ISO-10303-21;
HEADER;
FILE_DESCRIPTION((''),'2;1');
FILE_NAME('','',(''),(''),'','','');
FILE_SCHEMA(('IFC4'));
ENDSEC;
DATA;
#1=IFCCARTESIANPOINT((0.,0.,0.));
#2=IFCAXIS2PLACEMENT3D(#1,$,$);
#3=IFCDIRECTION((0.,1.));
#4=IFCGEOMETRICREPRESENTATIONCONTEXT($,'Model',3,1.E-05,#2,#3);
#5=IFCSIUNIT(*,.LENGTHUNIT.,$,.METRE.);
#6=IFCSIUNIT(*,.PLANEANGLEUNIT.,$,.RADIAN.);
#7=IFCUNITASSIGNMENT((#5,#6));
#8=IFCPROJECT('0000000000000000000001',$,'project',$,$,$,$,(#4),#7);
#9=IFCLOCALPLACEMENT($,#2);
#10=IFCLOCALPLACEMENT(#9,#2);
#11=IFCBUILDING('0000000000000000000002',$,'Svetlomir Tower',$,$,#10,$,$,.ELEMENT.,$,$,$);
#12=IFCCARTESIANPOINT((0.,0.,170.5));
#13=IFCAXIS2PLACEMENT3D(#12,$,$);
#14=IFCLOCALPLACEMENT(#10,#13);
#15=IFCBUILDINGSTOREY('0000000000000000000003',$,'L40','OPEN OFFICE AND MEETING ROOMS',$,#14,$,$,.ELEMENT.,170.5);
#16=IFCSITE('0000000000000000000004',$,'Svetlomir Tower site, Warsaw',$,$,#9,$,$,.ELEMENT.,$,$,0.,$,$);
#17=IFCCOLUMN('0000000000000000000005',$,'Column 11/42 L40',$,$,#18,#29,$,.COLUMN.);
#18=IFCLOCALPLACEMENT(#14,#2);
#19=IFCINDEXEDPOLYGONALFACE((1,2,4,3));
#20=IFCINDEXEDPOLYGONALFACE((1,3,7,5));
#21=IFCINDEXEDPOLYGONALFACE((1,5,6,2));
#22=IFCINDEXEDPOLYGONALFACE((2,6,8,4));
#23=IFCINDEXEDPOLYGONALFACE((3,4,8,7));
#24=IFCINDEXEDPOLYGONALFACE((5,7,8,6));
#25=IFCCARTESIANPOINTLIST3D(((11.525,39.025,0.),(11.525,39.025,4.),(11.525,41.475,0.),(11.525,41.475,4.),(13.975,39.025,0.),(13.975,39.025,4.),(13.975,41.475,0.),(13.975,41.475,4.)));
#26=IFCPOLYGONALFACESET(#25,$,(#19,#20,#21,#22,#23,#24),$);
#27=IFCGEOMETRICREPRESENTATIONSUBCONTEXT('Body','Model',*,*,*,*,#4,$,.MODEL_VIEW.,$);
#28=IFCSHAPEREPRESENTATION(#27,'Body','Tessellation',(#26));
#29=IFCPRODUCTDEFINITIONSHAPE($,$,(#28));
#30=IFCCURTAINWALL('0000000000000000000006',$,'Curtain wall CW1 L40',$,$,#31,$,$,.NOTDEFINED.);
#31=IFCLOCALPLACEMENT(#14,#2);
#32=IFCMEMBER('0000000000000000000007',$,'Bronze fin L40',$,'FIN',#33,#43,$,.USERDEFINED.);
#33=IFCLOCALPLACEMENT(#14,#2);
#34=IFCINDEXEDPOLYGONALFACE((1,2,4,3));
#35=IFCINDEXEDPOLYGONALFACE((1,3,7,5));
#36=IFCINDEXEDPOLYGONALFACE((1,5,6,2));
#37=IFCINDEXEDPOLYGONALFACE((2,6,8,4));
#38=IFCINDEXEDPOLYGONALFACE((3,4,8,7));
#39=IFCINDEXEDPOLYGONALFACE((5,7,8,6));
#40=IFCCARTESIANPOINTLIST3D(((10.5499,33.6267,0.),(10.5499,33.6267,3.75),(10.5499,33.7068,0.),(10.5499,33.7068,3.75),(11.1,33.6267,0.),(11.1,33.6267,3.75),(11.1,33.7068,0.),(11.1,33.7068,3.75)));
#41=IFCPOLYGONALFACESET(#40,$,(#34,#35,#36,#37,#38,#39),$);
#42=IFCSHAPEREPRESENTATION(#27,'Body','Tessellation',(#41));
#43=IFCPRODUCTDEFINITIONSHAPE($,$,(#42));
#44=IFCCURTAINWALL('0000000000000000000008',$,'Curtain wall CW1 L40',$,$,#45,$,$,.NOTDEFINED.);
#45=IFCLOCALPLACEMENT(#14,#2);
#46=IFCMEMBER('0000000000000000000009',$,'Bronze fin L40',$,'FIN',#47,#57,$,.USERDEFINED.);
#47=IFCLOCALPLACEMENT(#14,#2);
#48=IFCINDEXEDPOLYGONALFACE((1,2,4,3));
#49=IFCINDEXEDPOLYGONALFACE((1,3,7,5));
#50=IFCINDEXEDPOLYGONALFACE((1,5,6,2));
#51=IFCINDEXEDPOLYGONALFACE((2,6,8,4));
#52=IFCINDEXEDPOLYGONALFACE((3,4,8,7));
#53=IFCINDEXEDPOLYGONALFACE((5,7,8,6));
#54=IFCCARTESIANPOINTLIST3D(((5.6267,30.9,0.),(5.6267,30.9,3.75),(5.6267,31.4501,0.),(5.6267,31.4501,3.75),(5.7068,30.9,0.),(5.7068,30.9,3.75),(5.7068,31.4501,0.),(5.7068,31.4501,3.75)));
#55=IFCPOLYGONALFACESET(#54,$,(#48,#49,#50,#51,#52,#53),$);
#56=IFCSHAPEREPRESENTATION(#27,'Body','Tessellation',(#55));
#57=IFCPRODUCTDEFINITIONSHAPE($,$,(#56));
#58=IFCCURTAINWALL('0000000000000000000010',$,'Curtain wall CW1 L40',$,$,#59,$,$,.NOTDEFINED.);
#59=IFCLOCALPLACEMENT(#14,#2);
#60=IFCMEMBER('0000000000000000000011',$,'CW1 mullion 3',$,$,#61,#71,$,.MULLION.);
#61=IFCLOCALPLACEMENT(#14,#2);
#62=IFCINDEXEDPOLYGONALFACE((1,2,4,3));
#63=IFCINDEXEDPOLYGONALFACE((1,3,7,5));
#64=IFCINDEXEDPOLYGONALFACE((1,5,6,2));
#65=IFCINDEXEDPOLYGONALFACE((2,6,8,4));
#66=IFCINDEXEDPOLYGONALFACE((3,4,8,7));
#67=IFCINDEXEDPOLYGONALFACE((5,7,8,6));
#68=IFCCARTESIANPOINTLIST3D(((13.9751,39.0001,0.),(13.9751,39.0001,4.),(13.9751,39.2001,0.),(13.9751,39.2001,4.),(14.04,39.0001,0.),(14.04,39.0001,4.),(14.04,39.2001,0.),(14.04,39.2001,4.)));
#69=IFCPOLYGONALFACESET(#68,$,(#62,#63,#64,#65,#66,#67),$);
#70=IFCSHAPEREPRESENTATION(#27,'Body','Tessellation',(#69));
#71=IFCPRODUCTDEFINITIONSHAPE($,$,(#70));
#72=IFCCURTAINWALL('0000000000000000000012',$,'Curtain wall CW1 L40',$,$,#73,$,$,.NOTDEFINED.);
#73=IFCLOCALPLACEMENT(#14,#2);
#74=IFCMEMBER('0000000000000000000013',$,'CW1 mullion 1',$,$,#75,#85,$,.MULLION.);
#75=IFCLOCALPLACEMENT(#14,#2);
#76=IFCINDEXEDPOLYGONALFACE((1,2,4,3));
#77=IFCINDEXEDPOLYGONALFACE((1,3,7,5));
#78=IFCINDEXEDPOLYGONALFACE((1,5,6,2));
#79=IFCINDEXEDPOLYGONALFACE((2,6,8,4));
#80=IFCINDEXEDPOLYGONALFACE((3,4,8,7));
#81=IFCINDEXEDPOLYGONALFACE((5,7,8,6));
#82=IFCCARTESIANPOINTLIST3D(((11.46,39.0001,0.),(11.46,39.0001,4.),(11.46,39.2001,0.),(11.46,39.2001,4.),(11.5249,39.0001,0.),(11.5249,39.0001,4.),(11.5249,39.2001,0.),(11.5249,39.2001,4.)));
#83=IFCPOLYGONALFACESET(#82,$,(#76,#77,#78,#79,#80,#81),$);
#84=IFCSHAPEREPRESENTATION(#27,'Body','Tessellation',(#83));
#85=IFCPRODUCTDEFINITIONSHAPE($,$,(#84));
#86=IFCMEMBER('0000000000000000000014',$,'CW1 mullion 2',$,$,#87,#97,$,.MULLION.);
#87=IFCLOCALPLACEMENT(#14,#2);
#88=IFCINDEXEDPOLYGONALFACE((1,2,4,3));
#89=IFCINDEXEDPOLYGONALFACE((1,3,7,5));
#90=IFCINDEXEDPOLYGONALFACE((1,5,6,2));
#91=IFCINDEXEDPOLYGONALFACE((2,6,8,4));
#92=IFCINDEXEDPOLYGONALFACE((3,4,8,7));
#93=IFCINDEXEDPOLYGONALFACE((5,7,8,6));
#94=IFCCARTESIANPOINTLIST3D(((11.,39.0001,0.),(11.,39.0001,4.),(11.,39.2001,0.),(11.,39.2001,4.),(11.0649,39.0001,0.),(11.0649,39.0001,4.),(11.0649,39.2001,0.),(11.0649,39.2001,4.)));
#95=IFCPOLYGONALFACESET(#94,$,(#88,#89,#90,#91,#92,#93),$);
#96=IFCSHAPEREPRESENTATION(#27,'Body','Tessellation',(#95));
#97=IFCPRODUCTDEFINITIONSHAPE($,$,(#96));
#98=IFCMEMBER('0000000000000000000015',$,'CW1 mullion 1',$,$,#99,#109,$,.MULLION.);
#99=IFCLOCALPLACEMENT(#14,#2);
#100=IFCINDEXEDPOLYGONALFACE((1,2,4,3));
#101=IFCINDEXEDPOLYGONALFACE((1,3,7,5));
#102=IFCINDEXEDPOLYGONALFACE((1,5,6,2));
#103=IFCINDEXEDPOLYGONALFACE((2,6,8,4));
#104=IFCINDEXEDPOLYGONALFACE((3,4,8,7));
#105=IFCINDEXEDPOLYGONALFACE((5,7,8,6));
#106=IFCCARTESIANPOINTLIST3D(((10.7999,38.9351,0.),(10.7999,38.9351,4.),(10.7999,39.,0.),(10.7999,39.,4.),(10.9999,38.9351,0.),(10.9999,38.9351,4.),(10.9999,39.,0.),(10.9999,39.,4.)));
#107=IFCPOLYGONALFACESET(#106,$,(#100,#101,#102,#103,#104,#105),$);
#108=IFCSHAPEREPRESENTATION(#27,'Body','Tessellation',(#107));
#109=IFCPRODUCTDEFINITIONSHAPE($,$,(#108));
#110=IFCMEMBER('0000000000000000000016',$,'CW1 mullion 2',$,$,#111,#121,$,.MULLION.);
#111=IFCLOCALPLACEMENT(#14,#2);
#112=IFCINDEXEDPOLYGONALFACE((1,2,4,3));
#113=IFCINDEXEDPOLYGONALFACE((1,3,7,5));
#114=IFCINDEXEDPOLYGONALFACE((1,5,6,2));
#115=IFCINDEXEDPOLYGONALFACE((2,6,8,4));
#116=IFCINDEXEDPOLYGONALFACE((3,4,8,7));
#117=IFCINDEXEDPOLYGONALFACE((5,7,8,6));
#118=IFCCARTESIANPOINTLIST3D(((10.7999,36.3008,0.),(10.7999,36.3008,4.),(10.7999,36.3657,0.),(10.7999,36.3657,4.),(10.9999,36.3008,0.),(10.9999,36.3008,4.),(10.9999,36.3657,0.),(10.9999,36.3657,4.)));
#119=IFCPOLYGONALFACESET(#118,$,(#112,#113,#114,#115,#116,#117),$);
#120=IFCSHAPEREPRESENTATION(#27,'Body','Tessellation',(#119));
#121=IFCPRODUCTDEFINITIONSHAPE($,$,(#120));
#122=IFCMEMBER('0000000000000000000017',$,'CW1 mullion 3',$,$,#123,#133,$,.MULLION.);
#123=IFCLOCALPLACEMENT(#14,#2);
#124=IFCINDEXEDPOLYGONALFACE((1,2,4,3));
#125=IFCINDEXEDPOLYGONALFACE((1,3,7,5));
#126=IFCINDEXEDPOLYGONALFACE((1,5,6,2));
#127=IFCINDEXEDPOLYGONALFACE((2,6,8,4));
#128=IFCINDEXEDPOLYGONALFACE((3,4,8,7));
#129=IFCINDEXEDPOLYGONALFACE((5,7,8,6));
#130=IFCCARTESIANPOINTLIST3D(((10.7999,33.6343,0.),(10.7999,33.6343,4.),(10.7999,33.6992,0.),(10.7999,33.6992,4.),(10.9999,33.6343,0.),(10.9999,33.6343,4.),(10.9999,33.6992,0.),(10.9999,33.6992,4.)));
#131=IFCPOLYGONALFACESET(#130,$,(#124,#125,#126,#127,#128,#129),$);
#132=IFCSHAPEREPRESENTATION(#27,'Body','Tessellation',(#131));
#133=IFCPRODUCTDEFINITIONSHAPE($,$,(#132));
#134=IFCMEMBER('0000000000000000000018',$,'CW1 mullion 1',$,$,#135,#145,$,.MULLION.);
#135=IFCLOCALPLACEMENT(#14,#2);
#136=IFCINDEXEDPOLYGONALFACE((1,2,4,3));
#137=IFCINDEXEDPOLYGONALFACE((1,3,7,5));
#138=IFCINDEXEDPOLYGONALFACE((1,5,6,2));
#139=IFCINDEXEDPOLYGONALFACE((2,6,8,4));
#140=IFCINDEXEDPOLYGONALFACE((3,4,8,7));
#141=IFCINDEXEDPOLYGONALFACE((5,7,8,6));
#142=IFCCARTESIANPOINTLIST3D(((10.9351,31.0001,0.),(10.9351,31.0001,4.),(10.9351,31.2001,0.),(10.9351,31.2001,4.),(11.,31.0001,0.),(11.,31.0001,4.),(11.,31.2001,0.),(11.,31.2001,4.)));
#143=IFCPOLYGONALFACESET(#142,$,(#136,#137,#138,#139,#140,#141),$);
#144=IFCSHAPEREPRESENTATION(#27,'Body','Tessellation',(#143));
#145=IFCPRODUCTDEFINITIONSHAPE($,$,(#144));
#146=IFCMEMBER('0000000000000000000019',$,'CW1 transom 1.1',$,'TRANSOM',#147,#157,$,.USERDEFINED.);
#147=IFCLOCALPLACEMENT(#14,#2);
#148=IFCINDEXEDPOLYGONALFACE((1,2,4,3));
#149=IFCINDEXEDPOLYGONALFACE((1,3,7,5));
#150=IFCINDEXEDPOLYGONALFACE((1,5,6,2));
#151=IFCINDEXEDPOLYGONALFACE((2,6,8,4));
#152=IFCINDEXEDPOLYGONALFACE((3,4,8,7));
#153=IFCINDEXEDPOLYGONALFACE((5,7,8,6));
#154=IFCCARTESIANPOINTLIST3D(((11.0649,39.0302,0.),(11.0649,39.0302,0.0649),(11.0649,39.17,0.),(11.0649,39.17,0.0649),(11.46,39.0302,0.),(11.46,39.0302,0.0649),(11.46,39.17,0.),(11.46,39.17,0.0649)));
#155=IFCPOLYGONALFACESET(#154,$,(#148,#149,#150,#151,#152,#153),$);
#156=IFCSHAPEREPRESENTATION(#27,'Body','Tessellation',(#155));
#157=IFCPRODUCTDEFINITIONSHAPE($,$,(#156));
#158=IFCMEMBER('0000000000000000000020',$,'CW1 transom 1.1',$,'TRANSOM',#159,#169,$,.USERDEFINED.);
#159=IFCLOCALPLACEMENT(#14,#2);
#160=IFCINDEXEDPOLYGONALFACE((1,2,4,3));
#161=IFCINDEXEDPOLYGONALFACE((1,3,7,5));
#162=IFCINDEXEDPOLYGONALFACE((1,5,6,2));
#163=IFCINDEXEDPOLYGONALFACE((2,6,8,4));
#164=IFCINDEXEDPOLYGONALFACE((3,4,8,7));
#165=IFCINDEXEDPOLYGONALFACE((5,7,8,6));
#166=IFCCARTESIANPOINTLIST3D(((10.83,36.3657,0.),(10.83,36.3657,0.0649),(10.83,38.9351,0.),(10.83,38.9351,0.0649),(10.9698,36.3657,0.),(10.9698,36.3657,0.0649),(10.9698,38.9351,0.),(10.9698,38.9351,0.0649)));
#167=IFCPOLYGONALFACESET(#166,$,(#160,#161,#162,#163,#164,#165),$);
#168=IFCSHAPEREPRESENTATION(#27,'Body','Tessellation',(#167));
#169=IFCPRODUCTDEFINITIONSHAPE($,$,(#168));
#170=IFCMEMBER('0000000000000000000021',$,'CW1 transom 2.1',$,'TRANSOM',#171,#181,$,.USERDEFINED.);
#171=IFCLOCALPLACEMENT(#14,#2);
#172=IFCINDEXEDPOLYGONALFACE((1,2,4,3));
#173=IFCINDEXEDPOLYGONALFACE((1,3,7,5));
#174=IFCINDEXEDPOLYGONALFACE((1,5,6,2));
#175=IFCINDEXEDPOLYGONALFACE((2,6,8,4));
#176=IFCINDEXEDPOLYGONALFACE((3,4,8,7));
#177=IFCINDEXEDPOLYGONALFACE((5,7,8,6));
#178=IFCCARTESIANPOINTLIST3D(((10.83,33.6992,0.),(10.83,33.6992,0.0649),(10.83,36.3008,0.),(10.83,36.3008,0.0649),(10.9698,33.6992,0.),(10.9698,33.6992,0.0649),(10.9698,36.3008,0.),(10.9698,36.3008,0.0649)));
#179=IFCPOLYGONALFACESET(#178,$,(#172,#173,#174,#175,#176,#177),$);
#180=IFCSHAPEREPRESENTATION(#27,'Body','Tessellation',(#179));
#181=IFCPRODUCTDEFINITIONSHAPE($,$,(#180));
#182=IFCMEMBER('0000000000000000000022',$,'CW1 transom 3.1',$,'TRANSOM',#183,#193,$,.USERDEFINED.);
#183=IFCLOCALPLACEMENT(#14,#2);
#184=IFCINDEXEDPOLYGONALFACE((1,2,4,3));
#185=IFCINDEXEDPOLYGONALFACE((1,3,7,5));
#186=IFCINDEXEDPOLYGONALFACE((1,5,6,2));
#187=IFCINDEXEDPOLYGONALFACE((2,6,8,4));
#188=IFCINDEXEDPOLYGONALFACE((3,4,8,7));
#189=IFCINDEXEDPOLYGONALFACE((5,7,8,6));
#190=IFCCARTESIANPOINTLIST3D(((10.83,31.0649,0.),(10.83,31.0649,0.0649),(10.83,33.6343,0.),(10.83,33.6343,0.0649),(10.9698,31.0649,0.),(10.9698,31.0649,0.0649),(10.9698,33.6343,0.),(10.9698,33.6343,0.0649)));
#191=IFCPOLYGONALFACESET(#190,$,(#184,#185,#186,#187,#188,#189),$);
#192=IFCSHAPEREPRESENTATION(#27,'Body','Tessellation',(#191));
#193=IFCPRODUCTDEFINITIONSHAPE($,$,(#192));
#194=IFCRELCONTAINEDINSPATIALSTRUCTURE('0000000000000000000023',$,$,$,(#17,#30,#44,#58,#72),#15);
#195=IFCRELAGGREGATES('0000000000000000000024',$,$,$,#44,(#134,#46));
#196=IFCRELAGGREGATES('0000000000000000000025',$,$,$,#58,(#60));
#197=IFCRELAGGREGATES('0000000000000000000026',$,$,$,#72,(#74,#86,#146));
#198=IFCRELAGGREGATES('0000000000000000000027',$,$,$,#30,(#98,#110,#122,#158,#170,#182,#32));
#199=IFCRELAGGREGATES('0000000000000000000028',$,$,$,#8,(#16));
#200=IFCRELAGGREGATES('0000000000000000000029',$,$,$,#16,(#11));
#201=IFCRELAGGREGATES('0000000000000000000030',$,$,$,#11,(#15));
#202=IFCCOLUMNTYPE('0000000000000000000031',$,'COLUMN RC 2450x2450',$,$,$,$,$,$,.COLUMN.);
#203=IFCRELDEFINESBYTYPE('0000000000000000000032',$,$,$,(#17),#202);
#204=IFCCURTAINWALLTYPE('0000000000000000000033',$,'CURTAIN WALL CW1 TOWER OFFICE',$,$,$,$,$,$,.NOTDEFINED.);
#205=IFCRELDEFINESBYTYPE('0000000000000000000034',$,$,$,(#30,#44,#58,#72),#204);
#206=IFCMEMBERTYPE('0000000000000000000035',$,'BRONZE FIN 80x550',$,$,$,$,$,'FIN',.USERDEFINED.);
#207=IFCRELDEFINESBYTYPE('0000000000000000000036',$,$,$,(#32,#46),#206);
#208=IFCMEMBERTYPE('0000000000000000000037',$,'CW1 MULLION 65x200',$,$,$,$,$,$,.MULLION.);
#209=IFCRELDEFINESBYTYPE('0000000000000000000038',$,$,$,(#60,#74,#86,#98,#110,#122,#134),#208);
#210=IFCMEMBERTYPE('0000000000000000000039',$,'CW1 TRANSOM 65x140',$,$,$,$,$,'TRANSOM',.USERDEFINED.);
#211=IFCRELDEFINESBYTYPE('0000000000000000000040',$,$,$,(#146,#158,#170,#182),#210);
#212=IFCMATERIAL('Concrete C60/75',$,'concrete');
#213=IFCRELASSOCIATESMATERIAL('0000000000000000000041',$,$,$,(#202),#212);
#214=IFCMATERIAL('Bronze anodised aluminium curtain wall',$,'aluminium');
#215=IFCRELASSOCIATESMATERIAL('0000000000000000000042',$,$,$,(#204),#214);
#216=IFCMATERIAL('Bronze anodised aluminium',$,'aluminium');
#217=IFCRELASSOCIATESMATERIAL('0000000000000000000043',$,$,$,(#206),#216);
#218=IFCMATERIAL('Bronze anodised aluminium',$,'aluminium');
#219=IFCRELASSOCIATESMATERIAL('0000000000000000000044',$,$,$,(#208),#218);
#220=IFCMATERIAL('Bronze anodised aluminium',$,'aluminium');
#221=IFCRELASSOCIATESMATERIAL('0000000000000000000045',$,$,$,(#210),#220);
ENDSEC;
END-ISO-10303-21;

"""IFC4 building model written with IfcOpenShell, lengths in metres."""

from ifc_helpers import new_model, si_unit, direction, frame, origin, origin_2d, place, context, subcontext, project, spatial, rectangle, extrude, material, material_profile, profile_set, type_object, element, aggregate, save


model = new_model("IFC4")

# Units and contexts
model_context = context("Model", 3, precision=1e-05, world=origin(), true_north=direction((0.0, 1.0)))
body_context = subcontext(model_context, "Body", "Model", "MODEL_VIEW")
ifc_project = project(units=[si_unit("LENGTHUNIT", "METRE"), si_unit("PLANEANGLEUNIT", "RADIAN")], contexts=[model_context])

# Site, building, storey
site_placement = place(None, origin())
site = spatial("IfcSite", under=ifc_project, at=site_placement, Name="Svetlomir Tower site, Warsaw", CompositionType="ELEMENT", RefElevation=0.0)
building_placement = place(site_placement, origin())
building = spatial("IfcBuilding", under=site, at=building_placement, Name="Svetlomir Tower", CompositionType="ELEMENT")
storey_placement = place(building_placement, frame((0.0, 0.0, 170.5)))
storey = spatial("IfcBuildingStorey", under=building, at=storey_placement, Name="L40", Description="OPEN OFFICE AND MEETING ROOMS", CompositionType="ELEMENT", Elevation=170.5)

# Column
ifc_material_1 = material(Name="Concrete C60/75", Category="concrete")
ifc_material_profile_1 = material_profile(ifc_material_1, rectangle(XDim=2.45, YDim=2.45, at=origin_2d()), Name="RC 2450x2450")
ifc_profile_set_1 = profile_set([ifc_material_profile_1], Name="Concrete C60/75")
column_type = type_object("IfcColumnType", Name="COLUMN RC 2450x2450", PredefinedType="COLUMN", material=ifc_profile_set_1)
column_placement = place(storey_placement, frame((12.75, 40.25, 0.0), z_axis=(0.0, 0.0, 1.0), x_axis=(1.0, 0.0, 0.0)))
element("IfcColumn", 1, at=column_placement, inside=storey, type_object=column_type, Name="Column 11/42 L40", PredefinedType="COLUMN", context=body_context, shape_type="SweptSolid", body=[
    extrude(rectangle(XDim=2.45, YDim=2.45, at=origin_2d()), origin(), (0.0, 0.0, 1.0), 4.0),
])

# Curtain walls, members
ifc_material_2 = material(Name="Bronze anodised aluminium curtain wall", Category="aluminium")
curtain_wall_type = type_object("IfcCurtainWallType", Name="CURTAIN WALL CW1 TOWER OFFICE", PredefinedType="NOTDEFINED", material=ifc_material_2)
curtain_wall_1_placement = place(storey_placement, origin())
curtain_wall_1 = element("IfcCurtainWall", 2, at=curtain_wall_1_placement, inside=storey, type_object=curtain_wall_type, Name="Curtain wall CW1 L40", PredefinedType="NOTDEFINED")
ifc_material_3 = material(Name="Bronze anodised aluminium", Category="aluminium")
ifc_material_profile_2 = material_profile(ifc_material_3, rectangle(XDim=0.0801, YDim=0.55, at=origin_2d()), Name="FIN 80x550")
ifc_profile_set_2 = profile_set([ifc_material_profile_2], Name="Bronze anodised aluminium 6063-T6")
member_type_1 = type_object("IfcMemberType", Name="BRONZE FIN 80x550", ElementType="FIN", PredefinedType="USERDEFINED", material=ifc_profile_set_2)
member_1_placement = place(storey_placement, frame((10.825, 33.6667, 0.0), z_axis=(0.0, 0.0, 1.0), x_axis=(0.0, 1.0, 0.0)))
member_1 = element("IfcMember", 3, at=member_1_placement, type_object=member_type_1, Name="Bronze fin L40", ObjectType="FIN", PredefinedType="USERDEFINED", context=body_context, shape_type="SweptSolid", body=[
    extrude(rectangle(XDim=0.0801, YDim=0.55, at=origin_2d()), origin(), (0.0, 0.0, 1.0), 3.75),
])
curtain_wall_2_placement = place(storey_placement, origin())
curtain_wall_2 = element("IfcCurtainWall", 4, at=curtain_wall_2_placement, inside=storey, type_object=curtain_wall_type, Name="Curtain wall CW1 L40", PredefinedType="NOTDEFINED")
member_2_placement = place(storey_placement, frame((5.6667, 31.175, 0.0), z_axis=(0.0, 0.0, 1.0), x_axis=(1.0, 0.0, 0.0)))
member_2 = element("IfcMember", 5, at=member_2_placement, type_object=member_type_1, Name="Bronze fin L40", ObjectType="FIN", PredefinedType="USERDEFINED", context=body_context, shape_type="SweptSolid", body=[
    extrude(rectangle(XDim=0.0801, YDim=0.55, at=origin_2d()), origin(), (0.0, 0.0, 1.0), 3.75),
])
curtain_wall_3_placement = place(storey_placement, origin())
curtain_wall_3 = element("IfcCurtainWall", 6, at=curtain_wall_3_placement, inside=storey, type_object=curtain_wall_type, Name="Curtain wall CW1 L40", PredefinedType="NOTDEFINED")
ifc_material_4 = material(Name="Bronze anodised aluminium", Category="aluminium")
ifc_material_profile_3 = material_profile(ifc_material_4, rectangle(XDim=0.0649, YDim=0.2, at=origin_2d()), Name="AL 65x200")
ifc_profile_set_3 = profile_set([ifc_material_profile_3], Name="Bronze anodised aluminium 6063-T6")
member_type_2 = type_object("IfcMemberType", Name="CW1 MULLION 65x200", PredefinedType="MULLION", material=ifc_profile_set_3)
member_3_placement = place(storey_placement, frame((14.0076, 39.1001, 0.0), z_axis=(0.0, 0.0, 1.0), x_axis=(-1.0, 0.0, 0.0)))
member_3 = element("IfcMember", 7, at=member_3_placement, type_object=member_type_2, Name="CW1 mullion 3", PredefinedType="MULLION", context=body_context, shape_type="SweptSolid", body=[
    extrude(rectangle(XDim=0.0649, YDim=0.2, at=origin_2d()), origin(), (0.0, 0.0, 1.0), 4.0),
])

# Curtain wall, members
curtain_wall_4_placement = place(storey_placement, origin())
curtain_wall_4 = element("IfcCurtainWall", 8, at=curtain_wall_4_placement, inside=storey, type_object=curtain_wall_type, Name="Curtain wall CW1 L40", PredefinedType="NOTDEFINED")
member_4_placement = place(storey_placement, frame((11.4924, 39.1001, 0.0), z_axis=(0.0, 0.0, 1.0), x_axis=(-1.0, 0.0, 0.0)))
member_4 = element("IfcMember", 9, at=member_4_placement, type_object=member_type_2, Name="CW1 mullion 1", PredefinedType="MULLION", context=body_context, shape_type="SweptSolid", body=[
    extrude(rectangle(XDim=0.0649, YDim=0.2, at=origin_2d()), origin(), (0.0, 0.0, 1.0), 4.0),
])
member_5_placement = place(storey_placement, frame((11.0325, 39.1001, 0.0), z_axis=(0.0, 0.0, 1.0), x_axis=(-1.0, 0.0, 0.0)))
member_5 = element("IfcMember", 10, at=member_5_placement, type_object=member_type_2, Name="CW1 mullion 2", PredefinedType="MULLION", context=body_context, shape_type="SweptSolid", body=[
    extrude(rectangle(XDim=0.0649, YDim=0.2, at=origin_2d()), origin(), (0.0, 0.0, 1.0), 4.0),
])

# Members
member_6_placement = place(storey_placement, frame((10.8999, 38.9675, 0.0), z_axis=(0.0, 0.0, 1.0), x_axis=(0.0, -1.0, 0.0)))
member_6 = element("IfcMember", 11, at=member_6_placement, type_object=member_type_2, Name="CW1 mullion 1", PredefinedType="MULLION", context=body_context, shape_type="SweptSolid", body=[
    extrude(rectangle(XDim=0.0649, YDim=0.2, at=origin_2d()), origin(), (0.0, 0.0, 1.0), 4.0),
])
member_7_placement = place(storey_placement, frame((10.8999, 36.3333, 0.0), z_axis=(0.0, 0.0, 1.0), x_axis=(0.0, -1.0, 0.0)))
member_7 = element("IfcMember", 12, at=member_7_placement, type_object=member_type_2, Name="CW1 mullion 2", PredefinedType="MULLION", context=body_context, shape_type="SweptSolid", body=[
    extrude(rectangle(XDim=0.0649, YDim=0.2, at=origin_2d()), origin(), (0.0, 0.0, 1.0), 4.0),
])
member_8_placement = place(storey_placement, frame((10.8999, 33.6667, 0.0), z_axis=(0.0, 0.0, 1.0), x_axis=(0.0, -1.0, 0.0)))
member_8 = element("IfcMember", 13, at=member_8_placement, type_object=member_type_2, Name="CW1 mullion 3", PredefinedType="MULLION", context=body_context, shape_type="SweptSolid", body=[
    extrude(rectangle(XDim=0.0649, YDim=0.2, at=origin_2d()), origin(), (0.0, 0.0, 1.0), 4.0),
])
member_9_placement = place(storey_placement, frame((10.9675, 31.1001, 0.0), z_axis=(0.0, 0.0, 1.0), x_axis=(-1.0, 0.0, 0.0)))
member_9 = element("IfcMember", 14, at=member_9_placement, type_object=member_type_2, Name="CW1 mullion 1", PredefinedType="MULLION", context=body_context, shape_type="SweptSolid", body=[
    extrude(rectangle(XDim=0.0649, YDim=0.2, at=origin_2d()), origin(), (0.0, 0.0, 1.0), 4.0),
])
ifc_material_5 = material(Name="Bronze anodised aluminium", Category="aluminium")
ifc_material_profile_4 = material_profile(ifc_material_5, rectangle(XDim=0.1399, YDim=0.0649, at=origin_2d()), Name="AL 140x65")
ifc_profile_set_4 = profile_set([ifc_material_profile_4], Name="Bronze anodised aluminium 6063-T6")
member_type_3 = type_object("IfcMemberType", Name="CW1 TRANSOM 65x140", ElementType="TRANSOM", PredefinedType="USERDEFINED", material=ifc_profile_set_4)
member_10_placement = place(storey_placement, frame((11.46, 39.1001, 0.0325), z_axis=(-1.0, 0.0, 0.0), x_axis=(0.0, -1.0, 0.0)))
member_10 = element("IfcMember", 15, at=member_10_placement, type_object=member_type_3, Name="CW1 transom 1.1", ObjectType="TRANSOM", PredefinedType="USERDEFINED", context=body_context, shape_type="SweptSolid", body=[
    extrude(rectangle(XDim=0.1399, YDim=0.0649, at=origin_2d()), origin(), (0.0, 0.0, 1.0), 0.395),
])
member_11_placement = place(storey_placement, frame((10.8999, 38.9351, 0.0325), z_axis=(0.0, -1.0, 0.0), x_axis=(1.0, 0.0, 0.0)))
member_11 = element("IfcMember", 16, at=member_11_placement, type_object=member_type_3, Name="CW1 transom 1.1", ObjectType="TRANSOM", PredefinedType="USERDEFINED", context=body_context, shape_type="SweptSolid", body=[
    extrude(rectangle(XDim=0.1399, YDim=0.0649, at=origin_2d()), origin(), (0.0, 0.0, 1.0), 2.5693),
])
member_12_placement = place(storey_placement, frame((10.8999, 36.3008, 0.0325), z_axis=(0.0, -1.0, 0.0), x_axis=(1.0, 0.0, 0.0)))
member_12 = element("IfcMember", 17, at=member_12_placement, type_object=member_type_3, Name="CW1 transom 2.1", ObjectType="TRANSOM", PredefinedType="USERDEFINED", context=body_context, shape_type="SweptSolid", body=[
    extrude(rectangle(XDim=0.1399, YDim=0.0649, at=origin_2d()), origin(), (0.0, 0.0, 1.0), 2.6016),
])
member_13_placement = place(storey_placement, frame((10.8999, 33.6343, 0.0325), z_axis=(0.0, -1.0, 0.0), x_axis=(1.0, 0.0, 0.0)))
member_13 = element("IfcMember", 18, at=member_13_placement, type_object=member_type_3, Name="CW1 transom 3.1", ObjectType="TRANSOM", PredefinedType="USERDEFINED", context=body_context, shape_type="SweptSolid", body=[
    extrude(rectangle(XDim=0.1399, YDim=0.0649, at=origin_2d()), origin(), (0.0, 0.0, 1.0), 2.5693),
])
aggregate(curtain_wall_2, [member_9, member_2])

aggregate(curtain_wall_3, [member_3])
aggregate(curtain_wall_4, [member_4, member_5, member_10])
aggregate(curtain_wall_1, [member_6, member_7, member_8, member_11, member_12, member_13, member_1])

save(model, "model.ifc")
